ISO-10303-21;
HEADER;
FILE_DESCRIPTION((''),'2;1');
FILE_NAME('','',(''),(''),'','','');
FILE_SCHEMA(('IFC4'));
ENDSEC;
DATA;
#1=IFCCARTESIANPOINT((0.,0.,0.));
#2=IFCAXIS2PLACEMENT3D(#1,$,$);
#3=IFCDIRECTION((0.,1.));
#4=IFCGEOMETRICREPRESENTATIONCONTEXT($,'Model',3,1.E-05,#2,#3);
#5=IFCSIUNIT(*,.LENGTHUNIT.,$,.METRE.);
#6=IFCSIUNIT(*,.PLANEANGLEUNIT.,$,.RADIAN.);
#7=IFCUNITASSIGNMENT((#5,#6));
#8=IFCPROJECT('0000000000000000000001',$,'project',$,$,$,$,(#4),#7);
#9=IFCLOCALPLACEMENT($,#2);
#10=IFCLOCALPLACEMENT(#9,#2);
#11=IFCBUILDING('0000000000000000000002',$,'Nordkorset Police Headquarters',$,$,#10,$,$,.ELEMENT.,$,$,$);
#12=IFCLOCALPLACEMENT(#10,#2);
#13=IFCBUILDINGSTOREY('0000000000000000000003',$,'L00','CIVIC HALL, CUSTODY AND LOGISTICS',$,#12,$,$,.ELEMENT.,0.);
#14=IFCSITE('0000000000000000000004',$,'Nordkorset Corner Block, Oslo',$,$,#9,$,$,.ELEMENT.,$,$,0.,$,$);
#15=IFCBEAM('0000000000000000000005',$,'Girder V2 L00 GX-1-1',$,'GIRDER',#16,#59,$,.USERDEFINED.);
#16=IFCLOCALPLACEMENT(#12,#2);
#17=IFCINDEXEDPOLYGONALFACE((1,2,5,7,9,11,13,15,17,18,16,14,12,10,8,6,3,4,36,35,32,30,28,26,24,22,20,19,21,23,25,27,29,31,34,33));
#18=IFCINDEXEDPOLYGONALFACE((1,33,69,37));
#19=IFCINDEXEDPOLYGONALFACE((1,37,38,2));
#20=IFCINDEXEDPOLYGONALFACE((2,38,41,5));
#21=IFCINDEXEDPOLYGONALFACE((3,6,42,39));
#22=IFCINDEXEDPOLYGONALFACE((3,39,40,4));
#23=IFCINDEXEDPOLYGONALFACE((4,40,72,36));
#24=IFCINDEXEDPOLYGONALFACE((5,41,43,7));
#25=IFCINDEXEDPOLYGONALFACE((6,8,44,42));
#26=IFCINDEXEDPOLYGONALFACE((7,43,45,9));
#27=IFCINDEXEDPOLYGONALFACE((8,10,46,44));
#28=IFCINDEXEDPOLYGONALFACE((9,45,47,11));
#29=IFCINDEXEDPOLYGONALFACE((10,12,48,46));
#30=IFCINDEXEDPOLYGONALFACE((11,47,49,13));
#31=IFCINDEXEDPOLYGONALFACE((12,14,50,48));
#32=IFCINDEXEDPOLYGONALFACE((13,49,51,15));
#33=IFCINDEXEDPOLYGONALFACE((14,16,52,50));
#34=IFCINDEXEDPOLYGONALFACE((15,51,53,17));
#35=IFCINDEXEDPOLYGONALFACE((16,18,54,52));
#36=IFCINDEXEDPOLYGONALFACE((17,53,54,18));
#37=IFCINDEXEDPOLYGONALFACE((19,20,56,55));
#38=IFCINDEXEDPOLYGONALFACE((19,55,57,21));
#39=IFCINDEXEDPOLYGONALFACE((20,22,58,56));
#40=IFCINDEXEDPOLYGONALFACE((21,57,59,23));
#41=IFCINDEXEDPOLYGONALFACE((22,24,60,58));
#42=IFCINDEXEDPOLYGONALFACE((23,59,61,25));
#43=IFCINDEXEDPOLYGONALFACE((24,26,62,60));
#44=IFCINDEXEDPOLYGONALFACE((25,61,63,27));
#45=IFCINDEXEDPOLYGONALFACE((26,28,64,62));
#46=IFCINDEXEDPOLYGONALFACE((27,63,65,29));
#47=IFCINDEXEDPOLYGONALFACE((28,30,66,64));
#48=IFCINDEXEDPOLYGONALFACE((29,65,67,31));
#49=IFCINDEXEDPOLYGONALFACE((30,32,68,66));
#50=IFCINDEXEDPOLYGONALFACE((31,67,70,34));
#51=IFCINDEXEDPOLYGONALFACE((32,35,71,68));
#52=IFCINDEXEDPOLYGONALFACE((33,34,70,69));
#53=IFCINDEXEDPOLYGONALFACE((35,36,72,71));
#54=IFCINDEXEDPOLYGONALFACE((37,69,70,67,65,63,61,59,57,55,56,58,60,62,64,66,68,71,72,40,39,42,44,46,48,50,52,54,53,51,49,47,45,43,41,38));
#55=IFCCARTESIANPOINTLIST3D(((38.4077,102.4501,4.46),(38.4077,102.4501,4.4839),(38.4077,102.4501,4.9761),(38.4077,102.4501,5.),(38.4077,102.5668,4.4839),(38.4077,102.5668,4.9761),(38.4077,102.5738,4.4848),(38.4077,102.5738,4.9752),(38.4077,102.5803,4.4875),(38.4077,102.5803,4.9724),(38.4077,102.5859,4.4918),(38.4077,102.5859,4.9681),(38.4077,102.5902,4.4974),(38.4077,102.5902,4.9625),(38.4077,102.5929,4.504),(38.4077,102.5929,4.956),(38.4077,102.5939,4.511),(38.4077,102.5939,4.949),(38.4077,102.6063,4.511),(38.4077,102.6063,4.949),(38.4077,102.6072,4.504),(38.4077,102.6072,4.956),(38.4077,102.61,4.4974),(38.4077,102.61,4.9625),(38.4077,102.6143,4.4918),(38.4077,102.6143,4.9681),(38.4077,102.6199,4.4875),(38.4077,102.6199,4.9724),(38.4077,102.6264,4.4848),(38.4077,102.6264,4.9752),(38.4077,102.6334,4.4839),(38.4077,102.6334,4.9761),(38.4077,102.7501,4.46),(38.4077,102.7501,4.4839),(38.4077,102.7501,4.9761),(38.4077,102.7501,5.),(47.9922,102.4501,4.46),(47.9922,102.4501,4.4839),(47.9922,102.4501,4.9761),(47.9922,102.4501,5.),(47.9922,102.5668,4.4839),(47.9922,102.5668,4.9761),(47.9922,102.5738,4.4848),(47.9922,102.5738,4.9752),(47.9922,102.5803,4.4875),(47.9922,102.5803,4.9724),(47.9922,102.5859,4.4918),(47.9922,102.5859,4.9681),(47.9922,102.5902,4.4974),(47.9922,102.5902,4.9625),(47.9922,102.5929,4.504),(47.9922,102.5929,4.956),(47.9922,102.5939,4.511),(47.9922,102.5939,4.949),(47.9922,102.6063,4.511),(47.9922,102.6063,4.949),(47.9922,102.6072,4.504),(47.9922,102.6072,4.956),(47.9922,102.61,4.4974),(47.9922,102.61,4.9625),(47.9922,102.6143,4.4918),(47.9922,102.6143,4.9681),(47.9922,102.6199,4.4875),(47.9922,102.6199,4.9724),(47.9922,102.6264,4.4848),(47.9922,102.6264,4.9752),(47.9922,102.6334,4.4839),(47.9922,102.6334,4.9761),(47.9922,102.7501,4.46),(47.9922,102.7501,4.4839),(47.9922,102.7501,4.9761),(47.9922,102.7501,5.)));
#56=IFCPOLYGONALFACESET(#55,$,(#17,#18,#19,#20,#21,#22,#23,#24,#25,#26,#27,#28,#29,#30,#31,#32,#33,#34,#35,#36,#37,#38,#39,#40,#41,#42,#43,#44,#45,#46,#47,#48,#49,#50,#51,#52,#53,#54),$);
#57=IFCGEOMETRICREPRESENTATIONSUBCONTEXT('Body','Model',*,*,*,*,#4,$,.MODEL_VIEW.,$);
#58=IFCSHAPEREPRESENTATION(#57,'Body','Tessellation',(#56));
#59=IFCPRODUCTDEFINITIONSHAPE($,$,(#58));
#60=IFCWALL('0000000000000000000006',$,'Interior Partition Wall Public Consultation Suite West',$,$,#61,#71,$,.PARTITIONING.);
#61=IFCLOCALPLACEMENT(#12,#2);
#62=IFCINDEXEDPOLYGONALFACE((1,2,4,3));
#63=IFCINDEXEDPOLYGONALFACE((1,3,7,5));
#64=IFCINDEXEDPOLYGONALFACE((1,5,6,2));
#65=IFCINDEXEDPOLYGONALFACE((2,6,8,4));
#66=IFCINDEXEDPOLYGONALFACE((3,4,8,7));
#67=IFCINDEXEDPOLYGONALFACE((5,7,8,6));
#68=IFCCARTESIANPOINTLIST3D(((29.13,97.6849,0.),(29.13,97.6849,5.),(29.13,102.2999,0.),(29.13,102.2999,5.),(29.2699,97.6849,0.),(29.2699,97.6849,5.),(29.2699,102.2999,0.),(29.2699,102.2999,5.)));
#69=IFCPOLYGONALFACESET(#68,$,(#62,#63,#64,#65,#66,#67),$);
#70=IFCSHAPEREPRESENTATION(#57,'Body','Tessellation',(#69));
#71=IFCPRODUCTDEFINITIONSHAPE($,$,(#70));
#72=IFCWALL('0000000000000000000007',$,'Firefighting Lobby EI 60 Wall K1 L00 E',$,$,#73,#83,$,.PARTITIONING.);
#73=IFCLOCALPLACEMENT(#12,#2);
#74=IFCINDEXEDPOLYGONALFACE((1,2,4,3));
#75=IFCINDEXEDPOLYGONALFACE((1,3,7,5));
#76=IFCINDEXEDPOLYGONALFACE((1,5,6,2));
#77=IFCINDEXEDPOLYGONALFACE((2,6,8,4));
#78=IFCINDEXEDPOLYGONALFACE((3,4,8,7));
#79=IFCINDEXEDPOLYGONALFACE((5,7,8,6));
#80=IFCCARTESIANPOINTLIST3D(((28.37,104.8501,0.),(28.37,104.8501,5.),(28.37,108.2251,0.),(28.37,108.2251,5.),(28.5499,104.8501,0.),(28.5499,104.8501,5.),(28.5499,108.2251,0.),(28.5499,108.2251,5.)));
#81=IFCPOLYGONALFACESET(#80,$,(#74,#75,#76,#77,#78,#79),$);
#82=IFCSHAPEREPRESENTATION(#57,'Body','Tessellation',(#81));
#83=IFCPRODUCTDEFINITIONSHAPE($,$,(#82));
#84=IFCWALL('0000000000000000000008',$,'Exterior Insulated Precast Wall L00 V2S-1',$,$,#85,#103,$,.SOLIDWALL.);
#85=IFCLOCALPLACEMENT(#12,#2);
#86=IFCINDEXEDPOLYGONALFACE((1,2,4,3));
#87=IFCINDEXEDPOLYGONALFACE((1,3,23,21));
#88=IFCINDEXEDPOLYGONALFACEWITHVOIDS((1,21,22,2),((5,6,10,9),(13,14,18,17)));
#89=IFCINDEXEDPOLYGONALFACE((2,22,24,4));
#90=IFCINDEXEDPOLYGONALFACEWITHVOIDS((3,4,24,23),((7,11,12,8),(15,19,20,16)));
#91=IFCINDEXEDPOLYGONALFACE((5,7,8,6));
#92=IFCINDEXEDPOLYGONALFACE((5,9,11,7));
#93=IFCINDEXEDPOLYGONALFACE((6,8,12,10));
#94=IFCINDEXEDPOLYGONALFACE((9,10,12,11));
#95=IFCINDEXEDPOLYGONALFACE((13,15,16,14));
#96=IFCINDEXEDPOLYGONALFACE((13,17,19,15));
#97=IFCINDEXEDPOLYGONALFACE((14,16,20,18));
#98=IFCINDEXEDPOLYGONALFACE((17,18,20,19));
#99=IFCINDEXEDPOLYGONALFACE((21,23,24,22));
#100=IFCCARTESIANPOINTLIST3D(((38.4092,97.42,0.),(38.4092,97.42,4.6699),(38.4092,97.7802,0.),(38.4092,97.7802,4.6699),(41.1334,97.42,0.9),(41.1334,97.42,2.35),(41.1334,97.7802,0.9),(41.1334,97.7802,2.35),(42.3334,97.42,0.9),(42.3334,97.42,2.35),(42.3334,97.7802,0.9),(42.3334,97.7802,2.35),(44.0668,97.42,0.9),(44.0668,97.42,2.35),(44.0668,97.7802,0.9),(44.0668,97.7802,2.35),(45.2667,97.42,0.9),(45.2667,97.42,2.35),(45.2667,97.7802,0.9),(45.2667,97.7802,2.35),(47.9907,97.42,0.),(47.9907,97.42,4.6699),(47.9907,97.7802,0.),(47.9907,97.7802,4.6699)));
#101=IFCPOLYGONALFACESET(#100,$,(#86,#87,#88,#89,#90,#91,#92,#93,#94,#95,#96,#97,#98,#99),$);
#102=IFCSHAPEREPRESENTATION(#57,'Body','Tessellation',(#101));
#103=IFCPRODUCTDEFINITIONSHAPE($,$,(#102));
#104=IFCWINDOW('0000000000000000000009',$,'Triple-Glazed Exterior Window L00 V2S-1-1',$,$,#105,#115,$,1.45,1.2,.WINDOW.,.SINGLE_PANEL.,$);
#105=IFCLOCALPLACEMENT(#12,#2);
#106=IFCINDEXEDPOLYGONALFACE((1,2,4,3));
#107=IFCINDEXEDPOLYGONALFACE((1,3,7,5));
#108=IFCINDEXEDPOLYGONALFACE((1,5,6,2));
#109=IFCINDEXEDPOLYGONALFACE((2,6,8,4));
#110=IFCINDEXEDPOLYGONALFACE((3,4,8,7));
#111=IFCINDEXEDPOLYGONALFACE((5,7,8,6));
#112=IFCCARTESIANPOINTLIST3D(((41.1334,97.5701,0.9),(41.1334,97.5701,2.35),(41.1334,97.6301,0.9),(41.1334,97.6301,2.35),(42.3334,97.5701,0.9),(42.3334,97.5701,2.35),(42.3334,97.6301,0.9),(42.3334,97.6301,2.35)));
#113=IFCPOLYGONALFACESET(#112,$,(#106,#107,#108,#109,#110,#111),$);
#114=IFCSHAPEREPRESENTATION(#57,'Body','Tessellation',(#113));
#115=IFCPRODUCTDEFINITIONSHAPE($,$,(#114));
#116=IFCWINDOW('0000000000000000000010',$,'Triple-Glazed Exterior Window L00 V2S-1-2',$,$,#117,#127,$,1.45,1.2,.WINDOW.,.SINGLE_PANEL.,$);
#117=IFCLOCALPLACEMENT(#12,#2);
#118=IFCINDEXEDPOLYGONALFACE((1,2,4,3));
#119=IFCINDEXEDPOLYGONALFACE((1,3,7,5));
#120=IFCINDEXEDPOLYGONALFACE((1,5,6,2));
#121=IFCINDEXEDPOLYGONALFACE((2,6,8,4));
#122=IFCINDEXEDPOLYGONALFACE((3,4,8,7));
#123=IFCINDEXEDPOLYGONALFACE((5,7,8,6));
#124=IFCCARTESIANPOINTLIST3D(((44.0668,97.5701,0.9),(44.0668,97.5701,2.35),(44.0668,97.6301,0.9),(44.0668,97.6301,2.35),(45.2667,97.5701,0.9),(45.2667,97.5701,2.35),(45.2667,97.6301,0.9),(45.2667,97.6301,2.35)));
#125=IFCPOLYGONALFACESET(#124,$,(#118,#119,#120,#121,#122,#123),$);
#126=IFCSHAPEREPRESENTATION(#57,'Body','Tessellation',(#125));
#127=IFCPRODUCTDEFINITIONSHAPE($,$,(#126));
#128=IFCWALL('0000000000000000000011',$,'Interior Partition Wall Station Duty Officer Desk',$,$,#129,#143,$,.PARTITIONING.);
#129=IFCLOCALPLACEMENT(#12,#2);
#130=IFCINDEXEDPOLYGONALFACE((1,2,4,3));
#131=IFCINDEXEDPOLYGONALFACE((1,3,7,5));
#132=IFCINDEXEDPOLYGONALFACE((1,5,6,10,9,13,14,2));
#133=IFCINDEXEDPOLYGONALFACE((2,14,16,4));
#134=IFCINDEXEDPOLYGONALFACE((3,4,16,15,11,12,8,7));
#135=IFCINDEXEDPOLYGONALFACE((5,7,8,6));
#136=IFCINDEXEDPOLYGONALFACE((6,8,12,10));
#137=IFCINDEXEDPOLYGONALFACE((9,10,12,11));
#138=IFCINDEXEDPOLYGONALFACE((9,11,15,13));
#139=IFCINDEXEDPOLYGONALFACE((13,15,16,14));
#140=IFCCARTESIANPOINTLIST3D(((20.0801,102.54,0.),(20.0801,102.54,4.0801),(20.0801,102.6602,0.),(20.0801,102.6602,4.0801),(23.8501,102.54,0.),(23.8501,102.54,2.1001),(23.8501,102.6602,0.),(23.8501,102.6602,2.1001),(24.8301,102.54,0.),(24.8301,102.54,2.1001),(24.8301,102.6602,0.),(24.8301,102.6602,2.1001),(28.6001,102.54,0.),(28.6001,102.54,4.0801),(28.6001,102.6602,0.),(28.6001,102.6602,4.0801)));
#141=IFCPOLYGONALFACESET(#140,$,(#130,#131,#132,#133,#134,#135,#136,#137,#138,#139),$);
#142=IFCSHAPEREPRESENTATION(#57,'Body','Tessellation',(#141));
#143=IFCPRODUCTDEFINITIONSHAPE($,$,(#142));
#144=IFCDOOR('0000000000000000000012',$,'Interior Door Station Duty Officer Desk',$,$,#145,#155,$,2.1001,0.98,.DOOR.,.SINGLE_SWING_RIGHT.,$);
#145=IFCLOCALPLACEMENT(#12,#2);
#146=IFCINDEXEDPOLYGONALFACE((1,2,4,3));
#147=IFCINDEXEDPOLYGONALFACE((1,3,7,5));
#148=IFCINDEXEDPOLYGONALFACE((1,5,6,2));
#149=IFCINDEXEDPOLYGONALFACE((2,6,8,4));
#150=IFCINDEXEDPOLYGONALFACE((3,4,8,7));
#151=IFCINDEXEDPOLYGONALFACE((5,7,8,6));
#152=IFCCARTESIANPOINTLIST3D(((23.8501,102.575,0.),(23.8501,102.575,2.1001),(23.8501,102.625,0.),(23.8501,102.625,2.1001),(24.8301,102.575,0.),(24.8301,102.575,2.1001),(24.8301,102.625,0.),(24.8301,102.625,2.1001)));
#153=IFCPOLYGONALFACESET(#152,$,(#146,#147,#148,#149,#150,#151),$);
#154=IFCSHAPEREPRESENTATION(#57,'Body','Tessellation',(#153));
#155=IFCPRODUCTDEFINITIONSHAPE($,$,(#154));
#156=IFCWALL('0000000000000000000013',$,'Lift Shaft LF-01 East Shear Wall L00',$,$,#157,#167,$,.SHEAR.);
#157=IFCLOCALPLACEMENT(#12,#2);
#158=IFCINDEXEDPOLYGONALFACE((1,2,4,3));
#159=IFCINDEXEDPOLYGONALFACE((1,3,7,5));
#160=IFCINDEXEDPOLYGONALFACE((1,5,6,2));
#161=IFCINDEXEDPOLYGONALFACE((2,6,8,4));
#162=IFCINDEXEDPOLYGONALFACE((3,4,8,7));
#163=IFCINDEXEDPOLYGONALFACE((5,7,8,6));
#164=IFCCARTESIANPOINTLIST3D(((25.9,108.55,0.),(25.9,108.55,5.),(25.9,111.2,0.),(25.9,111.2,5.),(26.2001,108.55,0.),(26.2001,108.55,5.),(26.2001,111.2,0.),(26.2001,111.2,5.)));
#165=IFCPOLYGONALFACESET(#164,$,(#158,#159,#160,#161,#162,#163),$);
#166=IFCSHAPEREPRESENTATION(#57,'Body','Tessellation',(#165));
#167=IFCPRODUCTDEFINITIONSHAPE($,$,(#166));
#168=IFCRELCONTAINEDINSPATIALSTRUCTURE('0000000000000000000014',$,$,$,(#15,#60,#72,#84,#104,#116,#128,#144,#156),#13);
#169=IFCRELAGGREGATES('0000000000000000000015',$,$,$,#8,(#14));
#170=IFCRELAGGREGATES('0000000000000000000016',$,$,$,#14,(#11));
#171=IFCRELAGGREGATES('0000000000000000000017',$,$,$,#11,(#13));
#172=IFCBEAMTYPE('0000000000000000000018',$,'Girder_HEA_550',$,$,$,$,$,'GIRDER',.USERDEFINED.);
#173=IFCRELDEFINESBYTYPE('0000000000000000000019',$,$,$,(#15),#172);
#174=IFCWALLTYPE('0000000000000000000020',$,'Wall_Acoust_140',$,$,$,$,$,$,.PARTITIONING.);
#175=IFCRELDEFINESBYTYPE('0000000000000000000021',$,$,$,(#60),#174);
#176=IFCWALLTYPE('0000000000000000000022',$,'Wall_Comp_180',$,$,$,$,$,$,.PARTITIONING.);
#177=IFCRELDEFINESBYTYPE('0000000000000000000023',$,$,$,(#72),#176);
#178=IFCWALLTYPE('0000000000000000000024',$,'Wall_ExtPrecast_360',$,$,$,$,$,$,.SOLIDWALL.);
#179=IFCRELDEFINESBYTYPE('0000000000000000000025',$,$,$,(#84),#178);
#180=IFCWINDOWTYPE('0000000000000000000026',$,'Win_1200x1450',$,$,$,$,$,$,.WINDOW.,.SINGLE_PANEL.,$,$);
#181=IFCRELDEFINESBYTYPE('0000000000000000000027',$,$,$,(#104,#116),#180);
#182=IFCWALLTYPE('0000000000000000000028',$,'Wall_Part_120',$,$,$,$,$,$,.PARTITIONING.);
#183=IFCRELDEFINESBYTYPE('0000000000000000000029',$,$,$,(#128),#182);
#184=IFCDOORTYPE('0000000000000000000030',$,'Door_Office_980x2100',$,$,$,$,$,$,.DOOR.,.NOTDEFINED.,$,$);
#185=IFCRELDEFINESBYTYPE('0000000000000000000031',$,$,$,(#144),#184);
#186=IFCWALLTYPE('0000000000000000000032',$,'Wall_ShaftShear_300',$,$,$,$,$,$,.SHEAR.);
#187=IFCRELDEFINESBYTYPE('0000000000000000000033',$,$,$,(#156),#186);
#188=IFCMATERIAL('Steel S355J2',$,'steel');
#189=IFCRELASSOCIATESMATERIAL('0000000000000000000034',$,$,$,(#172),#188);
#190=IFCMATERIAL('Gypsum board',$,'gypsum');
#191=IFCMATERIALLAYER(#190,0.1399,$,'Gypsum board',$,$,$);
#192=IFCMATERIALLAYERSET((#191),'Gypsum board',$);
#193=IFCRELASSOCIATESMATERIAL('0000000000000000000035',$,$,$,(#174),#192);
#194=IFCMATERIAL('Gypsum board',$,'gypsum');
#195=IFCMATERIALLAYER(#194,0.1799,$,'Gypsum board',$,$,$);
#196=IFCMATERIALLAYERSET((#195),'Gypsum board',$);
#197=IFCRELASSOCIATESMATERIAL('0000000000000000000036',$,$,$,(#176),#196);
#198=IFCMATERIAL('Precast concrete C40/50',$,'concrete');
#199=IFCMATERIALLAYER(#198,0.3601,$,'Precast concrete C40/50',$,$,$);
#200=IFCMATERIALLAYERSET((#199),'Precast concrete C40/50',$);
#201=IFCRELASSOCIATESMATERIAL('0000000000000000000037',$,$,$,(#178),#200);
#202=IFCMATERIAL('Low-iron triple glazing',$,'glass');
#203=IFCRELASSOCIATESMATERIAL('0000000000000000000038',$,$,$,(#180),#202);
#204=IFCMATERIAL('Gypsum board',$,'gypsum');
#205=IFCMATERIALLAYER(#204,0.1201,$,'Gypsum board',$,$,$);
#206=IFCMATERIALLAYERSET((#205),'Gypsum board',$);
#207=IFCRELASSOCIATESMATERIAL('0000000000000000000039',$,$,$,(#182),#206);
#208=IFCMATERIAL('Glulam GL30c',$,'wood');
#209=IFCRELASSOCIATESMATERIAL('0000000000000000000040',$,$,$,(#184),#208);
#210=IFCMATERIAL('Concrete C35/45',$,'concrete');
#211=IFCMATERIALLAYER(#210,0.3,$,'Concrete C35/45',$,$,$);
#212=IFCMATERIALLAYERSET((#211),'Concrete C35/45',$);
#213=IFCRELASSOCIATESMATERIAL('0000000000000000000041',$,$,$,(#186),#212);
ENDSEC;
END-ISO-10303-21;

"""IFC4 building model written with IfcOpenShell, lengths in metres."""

from ifc_helpers import new_model, si_unit, direction, frame, frame_2d, origin, origin_2d, place, context, subcontext, project, spatial, rectangle, i_section, extrude, material, layer, layer_set, material_profile, profile_set, type_object, element, fill, save


model = new_model("IFC4")

# Units and contexts
model_context = context("Model", 3, precision=1e-05, world=origin(), true_north=direction((0.0, 1.0)))
body_context = subcontext(model_context, "Body", "Model", "MODEL_VIEW")
ifc_project = project(units=[si_unit("LENGTHUNIT", "METRE"), si_unit("PLANEANGLEUNIT", "RADIAN")], contexts=[model_context])

# Site, building, storey
site_placement = place(None, origin())
site = spatial("IfcSite", under=ifc_project, at=site_placement, Name="Nordkorset Corner Block, Oslo", CompositionType="ELEMENT", RefElevation=0.0)
building_placement = place(site_placement, origin())
building = spatial("IfcBuilding", under=site, at=building_placement, Name="Nordkorset Police Headquarters", CompositionType="ELEMENT")
storey_placement = place(building_placement, origin())
storey = spatial("IfcBuildingStorey", under=building, at=storey_placement, Name="L00", Description="CIVIC HALL, CUSTODY AND LOGISTICS", CompositionType="ELEMENT", Elevation=0.0)

# Beam
ifc_material_1 = material(Name="Steel S355J2", Category="steel")
ifc_material_profile_1 = material_profile(ifc_material_1, i_section(OverallWidth=0.3, OverallDepth=0.54, WebThickness=0.0125, FlangeThickness=0.0239, FilletRadius=0.0271, at=origin_2d()), Name="HEA 550")
ifc_profile_set_1 = profile_set([ifc_material_profile_1], Name="Steel S355J2")
beam_type_1 = type_object("IfcBeamType", Name="Girder_HEA_550", ElementType="GIRDER", PredefinedType="USERDEFINED", material=ifc_profile_set_1)
beam_1_placement = place(storey_placement, frame((38.4077, 102.6001, 4.73), z_axis=(1.0, 0.0, 0.0), x_axis=(0.0, 1.0, 0.0)))
element("IfcBeam", 1, at=beam_1_placement, inside=storey, type_object=beam_type_1, Name="Girder V2 L00 GX-1-1", ObjectType="GIRDER", PredefinedType="USERDEFINED", context=body_context, shape_type="SweptSolid", body=[
    extrude(i_section(OverallWidth=0.3, OverallDepth=0.54, WebThickness=0.0125, FlangeThickness=0.0239, FilletRadius=0.0271, at=origin_2d()), origin(), (0.0, 0.0, 1.0), 9.5845),
])

# Walls
ifc_material_2 = material(Name="Gypsum board", Category="gypsum")
ifc_layer_1 = layer(ifc_material_2, 0.1399, Name="Gypsum board")
ifc_layer_set_1 = layer_set([ifc_layer_1], Name="Gypsum board")
wall_type_1 = type_object("IfcWallType", Name="Wall_Acoust_140", PredefinedType="PARTITIONING", material=ifc_layer_set_1)
wall_1_placement = place(storey_placement, frame((29.2, 102.3, 0.0), z_axis=(0.0, 0.0, 1.0), x_axis=(0.0, -1.0, 0.0)))
element("IfcWall", 2, at=wall_1_placement, inside=storey, type_object=wall_type_1, Name="Interior Partition Wall Public Consultation Suite West", PredefinedType="PARTITIONING", context=body_context, shape_type="SweptSolid", body=[
    extrude(rectangle(XDim=4.615, YDim=0.1399, at=frame_2d((2.3076, 0.0))), origin(), (0.0, 0.0, 1.0), 5.0),
])
ifc_material_3 = material(Name="Gypsum board", Category="gypsum")
ifc_layer_2 = layer(ifc_material_3, 0.1799, Name="Gypsum board")
ifc_layer_set_2 = layer_set([ifc_layer_2], Name="Gypsum board")
wall_type_2 = type_object("IfcWallType", Name="Wall_Comp_180", PredefinedType="PARTITIONING", material=ifc_layer_set_2)
wall_2_placement = place(storey_placement, frame((28.46, 104.8501, 0.0), z_axis=(0.0, 0.0, 1.0), x_axis=(0.0, 1.0, 0.0)))
element("IfcWall", 3, at=wall_2_placement, inside=storey, type_object=wall_type_2, Name="Firefighting Lobby EI 60 Wall K1 L00 E", PredefinedType="PARTITIONING", context=body_context, shape_type="SweptSolid", body=[
    extrude(rectangle(XDim=3.375, YDim=0.1799, at=frame_2d((1.6875, 0.0))), origin(), (0.0, 0.0, 1.0), 5.0),
])

# Wall, openings, windows
ifc_material_4 = material(Name="Precast concrete C40/50", Category="concrete")
ifc_layer_3 = layer(ifc_material_4, 0.3601, Name="Precast concrete C40/50")
ifc_layer_set_3 = layer_set([ifc_layer_3], Name="Precast concrete C40/50")
wall_type_3 = type_object("IfcWallType", Name="Wall_ExtPrecast_360", PredefinedType="SOLIDWALL", material=ifc_layer_set_3)
wall_3_placement = place(storey_placement, frame((38.4092, 97.6001, 0.0), z_axis=(0.0, 0.0, 1.0), x_axis=(1.0, 0.0, 0.0)))
wall_3 = element("IfcWall", 4, at=wall_3_placement, inside=storey, type_object=wall_type_3, Name="Exterior Insulated Precast Wall L00 V2S-1", PredefinedType="SOLIDWALL", context=body_context, shape_type="SweptSolid", body=[
    extrude(rectangle(XDim=9.5815, YDim=0.3601, at=frame_2d((4.7908, 0.0))), origin(), (0.0, 0.0, 1.0), 4.6699),
])
opening_1_placement = place(wall_3_placement, frame((2.7241, 0.0, 0.8999)))
opening_1 = element("IfcOpeningElement", 5, at=opening_1_placement, cuts=wall_3, PredefinedType="OPENING", context=body_context, shape_type="SweptSolid", body=[
    extrude(rectangle(XDim=1.2, YDim=1.45, at=frame_2d((0.6001, 0.7251))), frame((0.0, 0.1899, 0.0), z_axis=(0.0, -1.0, 0.0), x_axis=(1.0, 0.0, 0.0)), (0.0, 0.0, 1.0), 0.3801),
])
opening_2_placement = place(wall_3_placement, frame((5.6575, 0.0, 0.8999)))
opening_2 = element("IfcOpeningElement", 6, at=opening_2_placement, cuts=wall_3, PredefinedType="OPENING", context=body_context, shape_type="SweptSolid", body=[
    extrude(rectangle(XDim=1.2, YDim=1.45, at=frame_2d((0.6001, 0.7251))), frame((0.0, 0.1899, 0.0), z_axis=(0.0, -1.0, 0.0), x_axis=(1.0, 0.0, 0.0)), (0.0, 0.0, 1.0), 0.3801),
])
ifc_material_5 = material(Name="Low-iron triple glazing", Category="glass")
window_type = type_object("IfcWindowType", Name="Win_1200x1450", PartitioningType="SINGLE_PANEL", PredefinedType="WINDOW", material=ifc_material_5)
window_1_placement = place(opening_1_placement, origin())
window_1 = element("IfcWindow", 7, at=window_1_placement, inside=storey, type_object=window_type, Name="Triple-Glazed Exterior Window L00 V2S-1-1", OverallHeight=1.45, OverallWidth=1.2, PartitioningType="SINGLE_PANEL", PredefinedType="WINDOW", context=body_context, shape_type="SweptSolid", body=[
    extrude(rectangle(XDim=1.2, YDim=1.45, at=frame_2d((0.6001, 0.7251))), frame((0.0, 0.03, 0.0), z_axis=(0.0, -1.0, 0.0), x_axis=(1.0, 0.0, 0.0)), (0.0, 0.0, 1.0), 0.0601),
])
fill(opening_1, window_1)
window_2_placement = place(opening_2_placement, origin())
window_2 = element("IfcWindow", 8, at=window_2_placement, inside=storey, type_object=window_type, Name="Triple-Glazed Exterior Window L00 V2S-1-2", OverallHeight=1.45, OverallWidth=1.2, PartitioningType="SINGLE_PANEL", PredefinedType="WINDOW", context=body_context, shape_type="SweptSolid", body=[
    extrude(rectangle(XDim=1.2, YDim=1.45, at=frame_2d((0.6001, 0.7251))), frame((0.0, 0.03, 0.0), z_axis=(0.0, -1.0, 0.0), x_axis=(1.0, 0.0, 0.0)), (0.0, 0.0, 1.0), 0.0601),
])
fill(opening_2, window_2)

# Wall, opening, door
ifc_material_6 = material(Name="Gypsum board", Category="gypsum")
ifc_layer_4 = layer(ifc_material_6, 0.1201, Name="Gypsum board")
ifc_layer_set_4 = layer_set([ifc_layer_4], Name="Gypsum board")
wall_type_4 = type_object("IfcWallType", Name="Wall_Part_120", PredefinedType="PARTITIONING", material=ifc_layer_set_4)
wall_4_placement = place(storey_placement, frame((28.6001, 102.6001, 0.0), z_axis=(0.0, 0.0, 1.0), x_axis=(-1.0, 0.0, 0.0)))
wall_4 = element("IfcWall", 9, at=wall_4_placement, inside=storey, type_object=wall_type_4, Name="Interior Partition Wall Station Duty Officer Desk", PredefinedType="PARTITIONING", context=body_context, shape_type="SweptSolid", body=[
    extrude(rectangle(XDim=8.52, YDim=0.1201, at=frame_2d((4.26, 0.0))), origin(), (0.0, 0.0, 1.0), 4.0801),
])
opening_3_placement = place(wall_4_placement, frame((3.77, 0.0, 0.0)))
opening_3 = element("IfcOpeningElement", 10, at=opening_3_placement, cuts=wall_4, PredefinedType="OPENING", context=body_context, shape_type="SweptSolid", body=[
    extrude(rectangle(XDim=0.98, YDim=2.1001, at=frame_2d((0.49, 1.05))), frame((0.0, 0.0701, 0.0), z_axis=(0.0, -1.0, 0.0), x_axis=(1.0, 0.0, 0.0)), (0.0, 0.0, 1.0), 0.1401),
])
ifc_material_7 = material(Name="Glulam GL30c", Category="wood")
door_type_1 = type_object("IfcDoorType", Name="Door_Office_980x2100", OperationType="NOTDEFINED", PredefinedType="DOOR", material=ifc_material_7)
door_1_placement = place(opening_3_placement, frame((0.98, 0.0, 0.0), z_axis=(0.0, 0.0, 1.0), x_axis=(-1.0, 0.0, 0.0)))
door_1 = element("IfcDoor", 11, at=door_1_placement, inside=storey, type_object=door_type_1, Name="Interior Door Station Duty Officer Desk", OperationType="SINGLE_SWING_RIGHT", OverallHeight=2.1001, OverallWidth=0.98, PredefinedType="DOOR", context=body_context, shape_type="SweptSolid", body=[
    extrude(rectangle(XDim=0.98, YDim=2.1001, at=frame_2d((0.49, 1.05))), frame((0.0, 0.0249, 0.0), z_axis=(0.0, -1.0, 0.0), x_axis=(1.0, 0.0, 0.0)), (0.0, 0.0, 1.0), 0.05),
])
fill(opening_3, door_1)

# Wall
ifc_material_8 = material(Name="Concrete C35/45", Category="concrete")
ifc_layer_5 = layer(ifc_material_8, 0.3, Name="Concrete C35/45")
ifc_layer_set_5 = layer_set([ifc_layer_5], Name="Concrete C35/45")
wall_type_5 = type_object("IfcWallType", Name="Wall_ShaftShear_300", PredefinedType="SHEAR", material=ifc_layer_set_5)
wall_5_placement = place(storey_placement, frame((26.05, 108.55, 0.0), z_axis=(0.0, 0.0, 1.0), x_axis=(0.0, 1.0, 0.0)))
element("IfcWall", 12, at=wall_5_placement, inside=storey, type_object=wall_type_5, Name="Lift Shaft LF-01 East Shear Wall L00", PredefinedType="SHEAR", context=body_context, shape_type="SweptSolid", body=[
    extrude(rectangle(XDim=2.6499, YDim=0.3, at=frame_2d((1.325, 0.0))), origin(), (0.0, 0.0, 1.0), 5.0),
])

save(model, "model.ifc")
